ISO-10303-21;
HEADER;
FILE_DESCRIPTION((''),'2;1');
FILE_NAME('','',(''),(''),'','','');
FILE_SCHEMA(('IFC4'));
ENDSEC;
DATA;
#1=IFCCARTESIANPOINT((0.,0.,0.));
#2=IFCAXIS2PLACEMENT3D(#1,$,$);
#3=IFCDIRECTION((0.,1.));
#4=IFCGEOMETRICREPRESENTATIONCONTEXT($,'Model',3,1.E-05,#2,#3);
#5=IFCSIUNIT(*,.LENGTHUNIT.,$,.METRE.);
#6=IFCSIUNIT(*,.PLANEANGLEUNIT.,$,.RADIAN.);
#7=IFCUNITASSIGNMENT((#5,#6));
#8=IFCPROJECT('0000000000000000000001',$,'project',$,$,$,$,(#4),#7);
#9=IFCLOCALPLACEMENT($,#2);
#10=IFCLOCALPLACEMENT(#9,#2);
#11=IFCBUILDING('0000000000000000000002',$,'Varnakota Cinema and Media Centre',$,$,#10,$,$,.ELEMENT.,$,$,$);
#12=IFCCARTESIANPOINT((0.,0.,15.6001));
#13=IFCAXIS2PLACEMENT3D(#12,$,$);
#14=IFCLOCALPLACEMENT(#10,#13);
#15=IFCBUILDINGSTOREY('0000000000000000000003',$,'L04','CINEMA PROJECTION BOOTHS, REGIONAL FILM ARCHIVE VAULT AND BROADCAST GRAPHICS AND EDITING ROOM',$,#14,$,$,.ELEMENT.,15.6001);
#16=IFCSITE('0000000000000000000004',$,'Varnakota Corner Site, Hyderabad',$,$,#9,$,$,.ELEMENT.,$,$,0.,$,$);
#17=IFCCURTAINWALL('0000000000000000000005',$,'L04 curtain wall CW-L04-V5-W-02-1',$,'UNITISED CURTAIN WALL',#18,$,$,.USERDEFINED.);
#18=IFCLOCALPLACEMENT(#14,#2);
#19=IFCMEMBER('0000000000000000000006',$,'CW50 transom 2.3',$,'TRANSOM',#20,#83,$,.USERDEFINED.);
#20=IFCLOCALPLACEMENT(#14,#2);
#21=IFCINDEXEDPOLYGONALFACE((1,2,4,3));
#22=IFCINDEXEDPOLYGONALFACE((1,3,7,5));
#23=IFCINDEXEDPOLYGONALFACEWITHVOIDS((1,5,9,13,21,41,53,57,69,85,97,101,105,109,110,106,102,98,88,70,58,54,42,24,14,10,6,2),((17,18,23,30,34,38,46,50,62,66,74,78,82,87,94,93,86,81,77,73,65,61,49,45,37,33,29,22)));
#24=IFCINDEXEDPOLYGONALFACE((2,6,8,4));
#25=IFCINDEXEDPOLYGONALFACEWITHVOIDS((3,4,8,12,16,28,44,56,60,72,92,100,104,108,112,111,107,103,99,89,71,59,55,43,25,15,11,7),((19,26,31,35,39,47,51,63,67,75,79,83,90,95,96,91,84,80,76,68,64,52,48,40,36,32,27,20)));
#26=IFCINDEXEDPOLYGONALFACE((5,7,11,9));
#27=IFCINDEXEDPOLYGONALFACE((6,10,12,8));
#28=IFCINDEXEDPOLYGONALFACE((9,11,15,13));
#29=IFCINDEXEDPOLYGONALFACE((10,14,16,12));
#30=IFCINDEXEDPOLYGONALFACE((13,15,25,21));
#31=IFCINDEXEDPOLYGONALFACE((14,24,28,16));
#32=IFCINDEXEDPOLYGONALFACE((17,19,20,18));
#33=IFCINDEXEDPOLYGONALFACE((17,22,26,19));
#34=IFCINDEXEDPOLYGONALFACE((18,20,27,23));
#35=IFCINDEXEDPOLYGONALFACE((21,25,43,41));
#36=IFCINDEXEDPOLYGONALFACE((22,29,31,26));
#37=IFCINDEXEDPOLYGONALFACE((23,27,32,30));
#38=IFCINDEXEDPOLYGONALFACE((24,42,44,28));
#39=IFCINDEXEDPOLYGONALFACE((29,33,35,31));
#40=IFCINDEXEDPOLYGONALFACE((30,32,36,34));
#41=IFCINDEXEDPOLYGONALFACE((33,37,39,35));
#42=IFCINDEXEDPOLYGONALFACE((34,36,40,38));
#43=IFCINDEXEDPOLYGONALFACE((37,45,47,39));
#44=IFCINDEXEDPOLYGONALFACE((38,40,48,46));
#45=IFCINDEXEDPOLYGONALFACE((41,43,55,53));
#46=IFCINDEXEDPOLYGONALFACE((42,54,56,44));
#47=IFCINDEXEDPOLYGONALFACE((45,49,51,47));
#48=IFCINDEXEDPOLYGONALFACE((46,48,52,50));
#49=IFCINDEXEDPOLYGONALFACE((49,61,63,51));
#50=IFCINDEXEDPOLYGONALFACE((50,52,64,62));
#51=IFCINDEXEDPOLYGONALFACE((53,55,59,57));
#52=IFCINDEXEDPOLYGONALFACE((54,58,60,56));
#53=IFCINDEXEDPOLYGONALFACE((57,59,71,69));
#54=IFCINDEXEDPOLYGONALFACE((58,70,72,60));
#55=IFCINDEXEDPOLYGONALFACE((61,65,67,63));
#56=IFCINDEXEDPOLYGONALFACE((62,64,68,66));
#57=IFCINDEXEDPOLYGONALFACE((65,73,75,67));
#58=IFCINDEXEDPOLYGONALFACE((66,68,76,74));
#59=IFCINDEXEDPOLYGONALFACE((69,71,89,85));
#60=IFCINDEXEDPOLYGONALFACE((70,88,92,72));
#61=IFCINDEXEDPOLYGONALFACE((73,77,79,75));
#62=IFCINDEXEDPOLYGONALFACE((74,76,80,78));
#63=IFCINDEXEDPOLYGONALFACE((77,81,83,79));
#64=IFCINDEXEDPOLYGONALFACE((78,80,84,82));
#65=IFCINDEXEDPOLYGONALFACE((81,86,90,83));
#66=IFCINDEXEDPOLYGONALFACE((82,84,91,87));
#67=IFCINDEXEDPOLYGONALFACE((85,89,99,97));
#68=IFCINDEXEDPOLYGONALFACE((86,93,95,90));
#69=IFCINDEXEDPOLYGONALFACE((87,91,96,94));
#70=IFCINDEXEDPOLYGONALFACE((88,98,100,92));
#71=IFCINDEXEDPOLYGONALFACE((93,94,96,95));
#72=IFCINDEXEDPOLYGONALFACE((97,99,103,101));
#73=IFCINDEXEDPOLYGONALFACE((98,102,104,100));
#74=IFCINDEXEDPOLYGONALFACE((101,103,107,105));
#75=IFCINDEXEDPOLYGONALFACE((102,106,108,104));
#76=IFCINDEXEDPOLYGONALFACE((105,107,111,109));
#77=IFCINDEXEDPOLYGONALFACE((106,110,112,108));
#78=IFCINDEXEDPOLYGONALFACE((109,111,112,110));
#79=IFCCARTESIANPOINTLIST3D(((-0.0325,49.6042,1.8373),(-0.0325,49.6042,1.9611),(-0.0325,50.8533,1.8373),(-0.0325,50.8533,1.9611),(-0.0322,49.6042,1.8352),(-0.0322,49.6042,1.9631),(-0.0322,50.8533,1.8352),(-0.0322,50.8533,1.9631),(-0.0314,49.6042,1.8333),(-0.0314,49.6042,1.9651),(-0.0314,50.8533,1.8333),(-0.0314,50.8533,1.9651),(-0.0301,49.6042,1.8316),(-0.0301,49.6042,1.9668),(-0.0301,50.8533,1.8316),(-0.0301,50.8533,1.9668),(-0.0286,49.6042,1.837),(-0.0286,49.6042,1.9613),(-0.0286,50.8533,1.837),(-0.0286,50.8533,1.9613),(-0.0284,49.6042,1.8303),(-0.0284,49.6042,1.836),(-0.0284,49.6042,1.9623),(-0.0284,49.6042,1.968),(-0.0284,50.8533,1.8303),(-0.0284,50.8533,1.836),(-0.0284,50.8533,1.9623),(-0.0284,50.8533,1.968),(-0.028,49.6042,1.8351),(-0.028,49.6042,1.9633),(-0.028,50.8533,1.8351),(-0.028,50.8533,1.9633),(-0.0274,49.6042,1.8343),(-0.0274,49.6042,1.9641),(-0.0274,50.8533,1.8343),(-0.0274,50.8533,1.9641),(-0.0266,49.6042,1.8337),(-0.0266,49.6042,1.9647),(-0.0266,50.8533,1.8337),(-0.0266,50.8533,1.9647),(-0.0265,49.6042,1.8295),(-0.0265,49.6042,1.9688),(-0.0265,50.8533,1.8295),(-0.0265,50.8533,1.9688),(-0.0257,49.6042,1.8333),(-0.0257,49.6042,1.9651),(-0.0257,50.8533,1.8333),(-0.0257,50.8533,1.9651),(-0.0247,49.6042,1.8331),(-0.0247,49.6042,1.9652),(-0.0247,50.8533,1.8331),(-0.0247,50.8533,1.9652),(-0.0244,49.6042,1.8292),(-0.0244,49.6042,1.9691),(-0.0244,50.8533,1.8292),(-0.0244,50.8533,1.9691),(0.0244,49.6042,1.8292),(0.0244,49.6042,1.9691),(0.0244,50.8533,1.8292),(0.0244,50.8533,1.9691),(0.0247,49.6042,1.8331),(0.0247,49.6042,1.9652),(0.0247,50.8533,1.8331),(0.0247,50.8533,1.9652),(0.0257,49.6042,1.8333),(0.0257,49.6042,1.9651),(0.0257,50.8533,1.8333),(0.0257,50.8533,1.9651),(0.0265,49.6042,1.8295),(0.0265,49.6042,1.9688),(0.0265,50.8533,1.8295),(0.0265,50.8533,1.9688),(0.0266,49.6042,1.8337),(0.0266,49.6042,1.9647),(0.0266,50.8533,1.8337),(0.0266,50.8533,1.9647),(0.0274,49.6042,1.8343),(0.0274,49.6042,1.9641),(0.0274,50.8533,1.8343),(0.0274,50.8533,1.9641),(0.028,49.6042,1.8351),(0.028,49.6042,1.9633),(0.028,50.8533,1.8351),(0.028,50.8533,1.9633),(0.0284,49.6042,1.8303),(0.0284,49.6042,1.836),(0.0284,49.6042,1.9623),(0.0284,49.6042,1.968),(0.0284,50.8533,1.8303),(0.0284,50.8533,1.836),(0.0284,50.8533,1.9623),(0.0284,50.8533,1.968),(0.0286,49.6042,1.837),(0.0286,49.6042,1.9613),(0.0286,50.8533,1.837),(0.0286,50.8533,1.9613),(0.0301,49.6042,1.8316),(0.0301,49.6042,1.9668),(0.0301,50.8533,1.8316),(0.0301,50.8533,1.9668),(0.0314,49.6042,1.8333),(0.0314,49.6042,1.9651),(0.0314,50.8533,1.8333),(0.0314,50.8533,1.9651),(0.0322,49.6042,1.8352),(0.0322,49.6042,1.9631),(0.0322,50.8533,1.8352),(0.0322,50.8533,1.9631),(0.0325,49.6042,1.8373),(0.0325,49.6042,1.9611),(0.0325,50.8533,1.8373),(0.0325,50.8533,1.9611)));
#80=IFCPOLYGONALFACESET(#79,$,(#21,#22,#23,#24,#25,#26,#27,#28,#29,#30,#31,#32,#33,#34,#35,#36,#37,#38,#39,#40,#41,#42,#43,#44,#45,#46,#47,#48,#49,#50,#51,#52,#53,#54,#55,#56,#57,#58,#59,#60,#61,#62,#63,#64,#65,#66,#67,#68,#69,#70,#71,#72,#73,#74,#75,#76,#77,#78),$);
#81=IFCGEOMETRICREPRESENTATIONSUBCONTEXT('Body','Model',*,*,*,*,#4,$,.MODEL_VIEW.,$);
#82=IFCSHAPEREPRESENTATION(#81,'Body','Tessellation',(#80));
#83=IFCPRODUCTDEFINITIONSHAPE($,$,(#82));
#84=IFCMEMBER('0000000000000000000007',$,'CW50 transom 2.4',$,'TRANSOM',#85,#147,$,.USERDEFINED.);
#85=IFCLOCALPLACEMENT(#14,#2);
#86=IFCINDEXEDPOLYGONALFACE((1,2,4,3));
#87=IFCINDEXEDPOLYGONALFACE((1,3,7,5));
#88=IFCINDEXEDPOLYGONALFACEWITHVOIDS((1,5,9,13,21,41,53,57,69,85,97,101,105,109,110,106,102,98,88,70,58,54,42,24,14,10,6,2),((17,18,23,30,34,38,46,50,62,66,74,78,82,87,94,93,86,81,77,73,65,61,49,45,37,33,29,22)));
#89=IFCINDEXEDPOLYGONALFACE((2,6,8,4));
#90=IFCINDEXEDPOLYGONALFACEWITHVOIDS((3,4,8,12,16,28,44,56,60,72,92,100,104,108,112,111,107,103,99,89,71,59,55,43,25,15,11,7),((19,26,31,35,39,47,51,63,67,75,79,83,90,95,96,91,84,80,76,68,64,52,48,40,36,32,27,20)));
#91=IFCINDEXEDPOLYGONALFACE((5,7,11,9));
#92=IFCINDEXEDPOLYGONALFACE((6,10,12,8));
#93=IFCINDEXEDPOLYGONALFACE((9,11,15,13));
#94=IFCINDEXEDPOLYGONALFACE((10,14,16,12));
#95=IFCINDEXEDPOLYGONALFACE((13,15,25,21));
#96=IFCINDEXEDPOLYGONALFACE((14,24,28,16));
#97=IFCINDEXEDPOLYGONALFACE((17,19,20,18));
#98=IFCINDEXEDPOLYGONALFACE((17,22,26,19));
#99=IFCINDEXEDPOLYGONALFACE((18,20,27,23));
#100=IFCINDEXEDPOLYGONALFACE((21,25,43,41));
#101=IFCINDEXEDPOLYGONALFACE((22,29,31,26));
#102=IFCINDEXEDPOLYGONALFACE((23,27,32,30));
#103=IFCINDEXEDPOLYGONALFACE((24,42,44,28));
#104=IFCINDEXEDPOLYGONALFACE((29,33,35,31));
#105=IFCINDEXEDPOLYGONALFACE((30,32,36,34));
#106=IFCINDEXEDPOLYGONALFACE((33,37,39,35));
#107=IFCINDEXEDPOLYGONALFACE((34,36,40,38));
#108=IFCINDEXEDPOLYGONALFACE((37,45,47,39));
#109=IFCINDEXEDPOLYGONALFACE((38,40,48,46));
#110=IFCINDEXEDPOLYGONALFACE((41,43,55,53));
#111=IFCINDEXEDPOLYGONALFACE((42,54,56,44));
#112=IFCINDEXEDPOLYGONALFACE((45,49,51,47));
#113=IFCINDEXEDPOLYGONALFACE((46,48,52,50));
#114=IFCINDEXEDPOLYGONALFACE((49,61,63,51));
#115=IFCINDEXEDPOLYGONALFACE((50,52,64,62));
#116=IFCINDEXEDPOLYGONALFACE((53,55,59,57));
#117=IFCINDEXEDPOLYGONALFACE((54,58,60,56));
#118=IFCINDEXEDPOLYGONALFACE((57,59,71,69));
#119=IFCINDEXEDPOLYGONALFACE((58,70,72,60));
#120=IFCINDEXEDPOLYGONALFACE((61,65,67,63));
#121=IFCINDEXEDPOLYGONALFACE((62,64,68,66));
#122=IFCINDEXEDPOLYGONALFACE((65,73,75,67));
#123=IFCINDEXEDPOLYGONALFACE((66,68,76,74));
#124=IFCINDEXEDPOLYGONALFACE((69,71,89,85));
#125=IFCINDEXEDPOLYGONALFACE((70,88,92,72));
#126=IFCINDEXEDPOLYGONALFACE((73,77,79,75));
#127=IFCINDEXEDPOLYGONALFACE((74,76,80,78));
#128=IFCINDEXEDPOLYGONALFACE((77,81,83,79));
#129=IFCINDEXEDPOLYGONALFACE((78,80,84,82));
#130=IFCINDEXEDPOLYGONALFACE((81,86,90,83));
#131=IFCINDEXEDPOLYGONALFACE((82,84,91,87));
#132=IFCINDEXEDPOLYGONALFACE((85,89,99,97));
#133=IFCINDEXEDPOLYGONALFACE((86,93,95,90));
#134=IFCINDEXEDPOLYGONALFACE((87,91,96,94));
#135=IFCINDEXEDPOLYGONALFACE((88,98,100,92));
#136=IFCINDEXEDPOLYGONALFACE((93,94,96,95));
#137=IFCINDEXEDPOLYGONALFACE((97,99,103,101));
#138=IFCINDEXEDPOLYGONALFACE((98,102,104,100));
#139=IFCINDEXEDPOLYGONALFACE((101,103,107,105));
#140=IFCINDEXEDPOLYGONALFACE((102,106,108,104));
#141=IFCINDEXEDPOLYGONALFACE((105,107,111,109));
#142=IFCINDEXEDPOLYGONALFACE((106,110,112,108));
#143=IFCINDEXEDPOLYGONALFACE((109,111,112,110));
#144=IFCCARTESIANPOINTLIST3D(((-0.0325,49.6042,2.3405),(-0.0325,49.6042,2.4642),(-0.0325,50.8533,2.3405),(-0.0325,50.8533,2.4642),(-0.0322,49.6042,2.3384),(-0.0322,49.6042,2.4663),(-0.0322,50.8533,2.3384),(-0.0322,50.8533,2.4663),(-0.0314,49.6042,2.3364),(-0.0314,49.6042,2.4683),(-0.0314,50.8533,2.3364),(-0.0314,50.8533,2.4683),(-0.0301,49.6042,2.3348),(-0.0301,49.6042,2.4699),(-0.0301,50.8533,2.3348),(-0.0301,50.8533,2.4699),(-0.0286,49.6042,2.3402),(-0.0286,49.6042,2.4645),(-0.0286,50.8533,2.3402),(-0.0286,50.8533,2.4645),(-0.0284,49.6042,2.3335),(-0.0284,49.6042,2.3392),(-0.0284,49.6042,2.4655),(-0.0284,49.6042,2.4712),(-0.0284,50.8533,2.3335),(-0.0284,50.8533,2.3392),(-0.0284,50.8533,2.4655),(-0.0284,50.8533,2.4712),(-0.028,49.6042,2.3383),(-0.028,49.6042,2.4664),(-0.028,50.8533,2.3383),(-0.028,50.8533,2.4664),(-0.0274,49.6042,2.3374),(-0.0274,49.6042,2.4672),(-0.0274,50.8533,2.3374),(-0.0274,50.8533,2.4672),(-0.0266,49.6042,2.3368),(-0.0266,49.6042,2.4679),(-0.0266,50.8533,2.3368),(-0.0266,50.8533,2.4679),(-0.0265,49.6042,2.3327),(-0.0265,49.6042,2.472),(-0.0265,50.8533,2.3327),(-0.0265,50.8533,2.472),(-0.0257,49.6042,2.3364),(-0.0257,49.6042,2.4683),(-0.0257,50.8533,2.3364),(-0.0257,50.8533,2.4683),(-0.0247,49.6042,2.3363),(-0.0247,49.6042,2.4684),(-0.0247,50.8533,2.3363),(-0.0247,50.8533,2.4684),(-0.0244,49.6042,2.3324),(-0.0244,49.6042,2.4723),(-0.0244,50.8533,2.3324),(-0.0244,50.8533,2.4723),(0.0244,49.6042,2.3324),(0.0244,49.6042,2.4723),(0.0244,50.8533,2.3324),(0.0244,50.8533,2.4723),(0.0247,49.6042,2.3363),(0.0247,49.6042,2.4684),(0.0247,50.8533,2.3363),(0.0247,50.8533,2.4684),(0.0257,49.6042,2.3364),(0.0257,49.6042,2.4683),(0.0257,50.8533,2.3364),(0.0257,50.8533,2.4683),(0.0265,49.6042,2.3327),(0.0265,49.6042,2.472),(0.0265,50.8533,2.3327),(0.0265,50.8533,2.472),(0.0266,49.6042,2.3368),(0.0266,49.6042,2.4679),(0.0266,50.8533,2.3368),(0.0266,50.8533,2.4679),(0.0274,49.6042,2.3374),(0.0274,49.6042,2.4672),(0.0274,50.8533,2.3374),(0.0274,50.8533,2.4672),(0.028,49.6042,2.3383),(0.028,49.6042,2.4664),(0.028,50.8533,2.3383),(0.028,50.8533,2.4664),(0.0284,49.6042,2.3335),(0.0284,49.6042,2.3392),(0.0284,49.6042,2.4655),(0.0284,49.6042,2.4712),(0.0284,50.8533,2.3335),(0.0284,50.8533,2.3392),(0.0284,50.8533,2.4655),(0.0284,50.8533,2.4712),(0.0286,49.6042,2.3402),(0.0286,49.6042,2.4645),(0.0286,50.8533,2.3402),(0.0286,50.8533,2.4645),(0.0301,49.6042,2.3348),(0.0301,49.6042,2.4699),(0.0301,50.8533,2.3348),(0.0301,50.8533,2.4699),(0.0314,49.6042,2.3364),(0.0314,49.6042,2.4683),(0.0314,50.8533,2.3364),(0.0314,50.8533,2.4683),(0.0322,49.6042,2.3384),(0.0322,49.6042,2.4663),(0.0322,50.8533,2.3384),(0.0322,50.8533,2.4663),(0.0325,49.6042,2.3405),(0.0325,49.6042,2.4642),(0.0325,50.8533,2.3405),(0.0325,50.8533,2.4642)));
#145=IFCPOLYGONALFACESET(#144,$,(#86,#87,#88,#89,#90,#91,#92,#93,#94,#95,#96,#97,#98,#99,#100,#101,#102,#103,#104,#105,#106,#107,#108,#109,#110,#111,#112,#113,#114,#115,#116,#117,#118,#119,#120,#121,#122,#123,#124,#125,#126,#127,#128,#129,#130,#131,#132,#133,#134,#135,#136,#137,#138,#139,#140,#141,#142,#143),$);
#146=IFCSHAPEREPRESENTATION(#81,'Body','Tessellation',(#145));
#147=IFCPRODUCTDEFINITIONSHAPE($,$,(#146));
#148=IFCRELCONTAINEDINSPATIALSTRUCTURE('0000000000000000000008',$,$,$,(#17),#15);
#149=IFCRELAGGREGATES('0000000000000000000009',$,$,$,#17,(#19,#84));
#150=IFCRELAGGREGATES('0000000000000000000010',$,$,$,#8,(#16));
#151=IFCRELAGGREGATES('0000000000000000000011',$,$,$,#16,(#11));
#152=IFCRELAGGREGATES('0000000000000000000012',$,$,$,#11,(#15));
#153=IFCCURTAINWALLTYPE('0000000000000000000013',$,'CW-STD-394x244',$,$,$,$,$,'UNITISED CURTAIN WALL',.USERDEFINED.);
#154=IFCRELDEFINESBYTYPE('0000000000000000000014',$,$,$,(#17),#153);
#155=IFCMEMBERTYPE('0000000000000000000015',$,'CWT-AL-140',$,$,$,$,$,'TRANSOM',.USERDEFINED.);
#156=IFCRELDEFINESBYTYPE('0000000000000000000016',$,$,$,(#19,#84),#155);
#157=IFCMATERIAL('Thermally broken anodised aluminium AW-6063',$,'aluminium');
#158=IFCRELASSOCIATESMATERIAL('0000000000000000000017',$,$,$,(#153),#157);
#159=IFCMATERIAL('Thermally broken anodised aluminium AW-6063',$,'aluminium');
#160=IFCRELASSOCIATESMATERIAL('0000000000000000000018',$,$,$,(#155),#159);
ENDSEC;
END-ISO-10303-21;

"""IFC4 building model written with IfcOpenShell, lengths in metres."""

from ifc_helpers import new_model, si_unit, direction, frame, origin, origin_2d, place, context, subcontext, project, spatial, hollow_rectangle, extrude, material, material_profile, profile_set, type_object, element, aggregate, save


model = new_model("IFC4")

# Units and contexts
model_context = context("Model", 3, precision=1e-05, world=origin(), true_north=direction((0.0, 1.0)))
body_context = subcontext(model_context, "Body", "Model", "MODEL_VIEW")
ifc_project = project(units=[si_unit("LENGTHUNIT", "METRE"), si_unit("PLANEANGLEUNIT", "RADIAN")], contexts=[model_context])

# Site, building, storey
site_placement = place(None, origin())
site = spatial("IfcSite", under=ifc_project, at=site_placement, Name="Varnakota Corner Site, Hyderabad", CompositionType="ELEMENT", RefElevation=0.0)
building_placement = place(site_placement, origin())
building = spatial("IfcBuilding", under=site, at=building_placement, Name="Varnakota Cinema and Media Centre", CompositionType="ELEMENT")
storey_placement = place(building_placement, frame((0.0, 0.0, 15.6001)))
storey = spatial("IfcBuildingStorey", under=building, at=storey_placement, Name="L04", Description="CINEMA PROJECTION BOOTHS, REGIONAL FILM ARCHIVE VAULT AND BROADCAST GRAPHICS AND EDITING ROOM", CompositionType="ELEMENT", Elevation=15.6001)

# Curtain wall
ifc_material_1 = material(Name="Thermally broken anodised aluminium AW-6063", Category="aluminium")
curtain_wall_type = type_object("IfcCurtainWallType", Name="CW-STD-394x244", ElementType="UNITISED CURTAIN WALL", PredefinedType="USERDEFINED", material=ifc_material_1)
curtain_wall_1_placement = place(storey_placement, origin())
curtain_wall_1 = element("IfcCurtainWall", 1, at=curtain_wall_1_placement, inside=storey, type_object=curtain_wall_type, Name="L04 curtain wall CW-L04-V5-W-02-1", ObjectType="UNITISED CURTAIN WALL", PredefinedType="USERDEFINED")

# Members
ifc_material_2 = material(Name="Thermally broken anodised aluminium AW-6063", Category="aluminium")
ifc_material_profile_1 = material_profile(ifc_material_2, hollow_rectangle(XDim=0.0649, YDim=0.1399, WallThickness=0.0039, InnerFilletRadius=0.0039, OuterFilletRadius=0.0081, at=origin_2d()), Name="AL-TRANSOM 140x65x4")
ifc_profile_set_1 = profile_set([ifc_material_profile_1], Name="Thermally broken anodised aluminium AW-6063")
member_type_1 = type_object("IfcMemberType", Name="CWT-AL-140", ElementType="TRANSOM", PredefinedType="USERDEFINED", material=ifc_profile_set_1)
member_1_placement = place(storey_placement, frame((0.0, 50.8533, 1.8992), z_axis=(0.0, -1.0, 0.0), x_axis=(1.0, 0.0, 0.0)))
member_1 = element("IfcMember", 2, at=member_1_placement, type_object=member_type_1, Name="CW50 transom 2.3", ObjectType="TRANSOM", PredefinedType="USERDEFINED", context=body_context, shape_type="SweptSolid", body=[
    extrude(hollow_rectangle(XDim=0.0649, YDim=0.1399, WallThickness=0.0039, InnerFilletRadius=0.0039, OuterFilletRadius=0.0081, at=origin_2d()), origin(), (0.0, 0.0, 1.0), 1.249),
])
member_2_placement = place(storey_placement, frame((0.0, 50.8533, 2.4023), z_axis=(0.0, -1.0, 0.0), x_axis=(1.0, 0.0, 0.0)))
member_2 = element("IfcMember", 3, at=member_2_placement, type_object=member_type_1, Name="CW50 transom 2.4", ObjectType="TRANSOM", PredefinedType="USERDEFINED", context=body_context, shape_type="SweptSolid", body=[
    extrude(hollow_rectangle(XDim=0.0649, YDim=0.1399, WallThickness=0.0039, InnerFilletRadius=0.0039, OuterFilletRadius=0.0081, at=origin_2d()), origin(), (0.0, 0.0, 1.0), 1.249),
])

aggregate(curtain_wall_1, [member_1, member_2])

save(model, "model.ifc")
